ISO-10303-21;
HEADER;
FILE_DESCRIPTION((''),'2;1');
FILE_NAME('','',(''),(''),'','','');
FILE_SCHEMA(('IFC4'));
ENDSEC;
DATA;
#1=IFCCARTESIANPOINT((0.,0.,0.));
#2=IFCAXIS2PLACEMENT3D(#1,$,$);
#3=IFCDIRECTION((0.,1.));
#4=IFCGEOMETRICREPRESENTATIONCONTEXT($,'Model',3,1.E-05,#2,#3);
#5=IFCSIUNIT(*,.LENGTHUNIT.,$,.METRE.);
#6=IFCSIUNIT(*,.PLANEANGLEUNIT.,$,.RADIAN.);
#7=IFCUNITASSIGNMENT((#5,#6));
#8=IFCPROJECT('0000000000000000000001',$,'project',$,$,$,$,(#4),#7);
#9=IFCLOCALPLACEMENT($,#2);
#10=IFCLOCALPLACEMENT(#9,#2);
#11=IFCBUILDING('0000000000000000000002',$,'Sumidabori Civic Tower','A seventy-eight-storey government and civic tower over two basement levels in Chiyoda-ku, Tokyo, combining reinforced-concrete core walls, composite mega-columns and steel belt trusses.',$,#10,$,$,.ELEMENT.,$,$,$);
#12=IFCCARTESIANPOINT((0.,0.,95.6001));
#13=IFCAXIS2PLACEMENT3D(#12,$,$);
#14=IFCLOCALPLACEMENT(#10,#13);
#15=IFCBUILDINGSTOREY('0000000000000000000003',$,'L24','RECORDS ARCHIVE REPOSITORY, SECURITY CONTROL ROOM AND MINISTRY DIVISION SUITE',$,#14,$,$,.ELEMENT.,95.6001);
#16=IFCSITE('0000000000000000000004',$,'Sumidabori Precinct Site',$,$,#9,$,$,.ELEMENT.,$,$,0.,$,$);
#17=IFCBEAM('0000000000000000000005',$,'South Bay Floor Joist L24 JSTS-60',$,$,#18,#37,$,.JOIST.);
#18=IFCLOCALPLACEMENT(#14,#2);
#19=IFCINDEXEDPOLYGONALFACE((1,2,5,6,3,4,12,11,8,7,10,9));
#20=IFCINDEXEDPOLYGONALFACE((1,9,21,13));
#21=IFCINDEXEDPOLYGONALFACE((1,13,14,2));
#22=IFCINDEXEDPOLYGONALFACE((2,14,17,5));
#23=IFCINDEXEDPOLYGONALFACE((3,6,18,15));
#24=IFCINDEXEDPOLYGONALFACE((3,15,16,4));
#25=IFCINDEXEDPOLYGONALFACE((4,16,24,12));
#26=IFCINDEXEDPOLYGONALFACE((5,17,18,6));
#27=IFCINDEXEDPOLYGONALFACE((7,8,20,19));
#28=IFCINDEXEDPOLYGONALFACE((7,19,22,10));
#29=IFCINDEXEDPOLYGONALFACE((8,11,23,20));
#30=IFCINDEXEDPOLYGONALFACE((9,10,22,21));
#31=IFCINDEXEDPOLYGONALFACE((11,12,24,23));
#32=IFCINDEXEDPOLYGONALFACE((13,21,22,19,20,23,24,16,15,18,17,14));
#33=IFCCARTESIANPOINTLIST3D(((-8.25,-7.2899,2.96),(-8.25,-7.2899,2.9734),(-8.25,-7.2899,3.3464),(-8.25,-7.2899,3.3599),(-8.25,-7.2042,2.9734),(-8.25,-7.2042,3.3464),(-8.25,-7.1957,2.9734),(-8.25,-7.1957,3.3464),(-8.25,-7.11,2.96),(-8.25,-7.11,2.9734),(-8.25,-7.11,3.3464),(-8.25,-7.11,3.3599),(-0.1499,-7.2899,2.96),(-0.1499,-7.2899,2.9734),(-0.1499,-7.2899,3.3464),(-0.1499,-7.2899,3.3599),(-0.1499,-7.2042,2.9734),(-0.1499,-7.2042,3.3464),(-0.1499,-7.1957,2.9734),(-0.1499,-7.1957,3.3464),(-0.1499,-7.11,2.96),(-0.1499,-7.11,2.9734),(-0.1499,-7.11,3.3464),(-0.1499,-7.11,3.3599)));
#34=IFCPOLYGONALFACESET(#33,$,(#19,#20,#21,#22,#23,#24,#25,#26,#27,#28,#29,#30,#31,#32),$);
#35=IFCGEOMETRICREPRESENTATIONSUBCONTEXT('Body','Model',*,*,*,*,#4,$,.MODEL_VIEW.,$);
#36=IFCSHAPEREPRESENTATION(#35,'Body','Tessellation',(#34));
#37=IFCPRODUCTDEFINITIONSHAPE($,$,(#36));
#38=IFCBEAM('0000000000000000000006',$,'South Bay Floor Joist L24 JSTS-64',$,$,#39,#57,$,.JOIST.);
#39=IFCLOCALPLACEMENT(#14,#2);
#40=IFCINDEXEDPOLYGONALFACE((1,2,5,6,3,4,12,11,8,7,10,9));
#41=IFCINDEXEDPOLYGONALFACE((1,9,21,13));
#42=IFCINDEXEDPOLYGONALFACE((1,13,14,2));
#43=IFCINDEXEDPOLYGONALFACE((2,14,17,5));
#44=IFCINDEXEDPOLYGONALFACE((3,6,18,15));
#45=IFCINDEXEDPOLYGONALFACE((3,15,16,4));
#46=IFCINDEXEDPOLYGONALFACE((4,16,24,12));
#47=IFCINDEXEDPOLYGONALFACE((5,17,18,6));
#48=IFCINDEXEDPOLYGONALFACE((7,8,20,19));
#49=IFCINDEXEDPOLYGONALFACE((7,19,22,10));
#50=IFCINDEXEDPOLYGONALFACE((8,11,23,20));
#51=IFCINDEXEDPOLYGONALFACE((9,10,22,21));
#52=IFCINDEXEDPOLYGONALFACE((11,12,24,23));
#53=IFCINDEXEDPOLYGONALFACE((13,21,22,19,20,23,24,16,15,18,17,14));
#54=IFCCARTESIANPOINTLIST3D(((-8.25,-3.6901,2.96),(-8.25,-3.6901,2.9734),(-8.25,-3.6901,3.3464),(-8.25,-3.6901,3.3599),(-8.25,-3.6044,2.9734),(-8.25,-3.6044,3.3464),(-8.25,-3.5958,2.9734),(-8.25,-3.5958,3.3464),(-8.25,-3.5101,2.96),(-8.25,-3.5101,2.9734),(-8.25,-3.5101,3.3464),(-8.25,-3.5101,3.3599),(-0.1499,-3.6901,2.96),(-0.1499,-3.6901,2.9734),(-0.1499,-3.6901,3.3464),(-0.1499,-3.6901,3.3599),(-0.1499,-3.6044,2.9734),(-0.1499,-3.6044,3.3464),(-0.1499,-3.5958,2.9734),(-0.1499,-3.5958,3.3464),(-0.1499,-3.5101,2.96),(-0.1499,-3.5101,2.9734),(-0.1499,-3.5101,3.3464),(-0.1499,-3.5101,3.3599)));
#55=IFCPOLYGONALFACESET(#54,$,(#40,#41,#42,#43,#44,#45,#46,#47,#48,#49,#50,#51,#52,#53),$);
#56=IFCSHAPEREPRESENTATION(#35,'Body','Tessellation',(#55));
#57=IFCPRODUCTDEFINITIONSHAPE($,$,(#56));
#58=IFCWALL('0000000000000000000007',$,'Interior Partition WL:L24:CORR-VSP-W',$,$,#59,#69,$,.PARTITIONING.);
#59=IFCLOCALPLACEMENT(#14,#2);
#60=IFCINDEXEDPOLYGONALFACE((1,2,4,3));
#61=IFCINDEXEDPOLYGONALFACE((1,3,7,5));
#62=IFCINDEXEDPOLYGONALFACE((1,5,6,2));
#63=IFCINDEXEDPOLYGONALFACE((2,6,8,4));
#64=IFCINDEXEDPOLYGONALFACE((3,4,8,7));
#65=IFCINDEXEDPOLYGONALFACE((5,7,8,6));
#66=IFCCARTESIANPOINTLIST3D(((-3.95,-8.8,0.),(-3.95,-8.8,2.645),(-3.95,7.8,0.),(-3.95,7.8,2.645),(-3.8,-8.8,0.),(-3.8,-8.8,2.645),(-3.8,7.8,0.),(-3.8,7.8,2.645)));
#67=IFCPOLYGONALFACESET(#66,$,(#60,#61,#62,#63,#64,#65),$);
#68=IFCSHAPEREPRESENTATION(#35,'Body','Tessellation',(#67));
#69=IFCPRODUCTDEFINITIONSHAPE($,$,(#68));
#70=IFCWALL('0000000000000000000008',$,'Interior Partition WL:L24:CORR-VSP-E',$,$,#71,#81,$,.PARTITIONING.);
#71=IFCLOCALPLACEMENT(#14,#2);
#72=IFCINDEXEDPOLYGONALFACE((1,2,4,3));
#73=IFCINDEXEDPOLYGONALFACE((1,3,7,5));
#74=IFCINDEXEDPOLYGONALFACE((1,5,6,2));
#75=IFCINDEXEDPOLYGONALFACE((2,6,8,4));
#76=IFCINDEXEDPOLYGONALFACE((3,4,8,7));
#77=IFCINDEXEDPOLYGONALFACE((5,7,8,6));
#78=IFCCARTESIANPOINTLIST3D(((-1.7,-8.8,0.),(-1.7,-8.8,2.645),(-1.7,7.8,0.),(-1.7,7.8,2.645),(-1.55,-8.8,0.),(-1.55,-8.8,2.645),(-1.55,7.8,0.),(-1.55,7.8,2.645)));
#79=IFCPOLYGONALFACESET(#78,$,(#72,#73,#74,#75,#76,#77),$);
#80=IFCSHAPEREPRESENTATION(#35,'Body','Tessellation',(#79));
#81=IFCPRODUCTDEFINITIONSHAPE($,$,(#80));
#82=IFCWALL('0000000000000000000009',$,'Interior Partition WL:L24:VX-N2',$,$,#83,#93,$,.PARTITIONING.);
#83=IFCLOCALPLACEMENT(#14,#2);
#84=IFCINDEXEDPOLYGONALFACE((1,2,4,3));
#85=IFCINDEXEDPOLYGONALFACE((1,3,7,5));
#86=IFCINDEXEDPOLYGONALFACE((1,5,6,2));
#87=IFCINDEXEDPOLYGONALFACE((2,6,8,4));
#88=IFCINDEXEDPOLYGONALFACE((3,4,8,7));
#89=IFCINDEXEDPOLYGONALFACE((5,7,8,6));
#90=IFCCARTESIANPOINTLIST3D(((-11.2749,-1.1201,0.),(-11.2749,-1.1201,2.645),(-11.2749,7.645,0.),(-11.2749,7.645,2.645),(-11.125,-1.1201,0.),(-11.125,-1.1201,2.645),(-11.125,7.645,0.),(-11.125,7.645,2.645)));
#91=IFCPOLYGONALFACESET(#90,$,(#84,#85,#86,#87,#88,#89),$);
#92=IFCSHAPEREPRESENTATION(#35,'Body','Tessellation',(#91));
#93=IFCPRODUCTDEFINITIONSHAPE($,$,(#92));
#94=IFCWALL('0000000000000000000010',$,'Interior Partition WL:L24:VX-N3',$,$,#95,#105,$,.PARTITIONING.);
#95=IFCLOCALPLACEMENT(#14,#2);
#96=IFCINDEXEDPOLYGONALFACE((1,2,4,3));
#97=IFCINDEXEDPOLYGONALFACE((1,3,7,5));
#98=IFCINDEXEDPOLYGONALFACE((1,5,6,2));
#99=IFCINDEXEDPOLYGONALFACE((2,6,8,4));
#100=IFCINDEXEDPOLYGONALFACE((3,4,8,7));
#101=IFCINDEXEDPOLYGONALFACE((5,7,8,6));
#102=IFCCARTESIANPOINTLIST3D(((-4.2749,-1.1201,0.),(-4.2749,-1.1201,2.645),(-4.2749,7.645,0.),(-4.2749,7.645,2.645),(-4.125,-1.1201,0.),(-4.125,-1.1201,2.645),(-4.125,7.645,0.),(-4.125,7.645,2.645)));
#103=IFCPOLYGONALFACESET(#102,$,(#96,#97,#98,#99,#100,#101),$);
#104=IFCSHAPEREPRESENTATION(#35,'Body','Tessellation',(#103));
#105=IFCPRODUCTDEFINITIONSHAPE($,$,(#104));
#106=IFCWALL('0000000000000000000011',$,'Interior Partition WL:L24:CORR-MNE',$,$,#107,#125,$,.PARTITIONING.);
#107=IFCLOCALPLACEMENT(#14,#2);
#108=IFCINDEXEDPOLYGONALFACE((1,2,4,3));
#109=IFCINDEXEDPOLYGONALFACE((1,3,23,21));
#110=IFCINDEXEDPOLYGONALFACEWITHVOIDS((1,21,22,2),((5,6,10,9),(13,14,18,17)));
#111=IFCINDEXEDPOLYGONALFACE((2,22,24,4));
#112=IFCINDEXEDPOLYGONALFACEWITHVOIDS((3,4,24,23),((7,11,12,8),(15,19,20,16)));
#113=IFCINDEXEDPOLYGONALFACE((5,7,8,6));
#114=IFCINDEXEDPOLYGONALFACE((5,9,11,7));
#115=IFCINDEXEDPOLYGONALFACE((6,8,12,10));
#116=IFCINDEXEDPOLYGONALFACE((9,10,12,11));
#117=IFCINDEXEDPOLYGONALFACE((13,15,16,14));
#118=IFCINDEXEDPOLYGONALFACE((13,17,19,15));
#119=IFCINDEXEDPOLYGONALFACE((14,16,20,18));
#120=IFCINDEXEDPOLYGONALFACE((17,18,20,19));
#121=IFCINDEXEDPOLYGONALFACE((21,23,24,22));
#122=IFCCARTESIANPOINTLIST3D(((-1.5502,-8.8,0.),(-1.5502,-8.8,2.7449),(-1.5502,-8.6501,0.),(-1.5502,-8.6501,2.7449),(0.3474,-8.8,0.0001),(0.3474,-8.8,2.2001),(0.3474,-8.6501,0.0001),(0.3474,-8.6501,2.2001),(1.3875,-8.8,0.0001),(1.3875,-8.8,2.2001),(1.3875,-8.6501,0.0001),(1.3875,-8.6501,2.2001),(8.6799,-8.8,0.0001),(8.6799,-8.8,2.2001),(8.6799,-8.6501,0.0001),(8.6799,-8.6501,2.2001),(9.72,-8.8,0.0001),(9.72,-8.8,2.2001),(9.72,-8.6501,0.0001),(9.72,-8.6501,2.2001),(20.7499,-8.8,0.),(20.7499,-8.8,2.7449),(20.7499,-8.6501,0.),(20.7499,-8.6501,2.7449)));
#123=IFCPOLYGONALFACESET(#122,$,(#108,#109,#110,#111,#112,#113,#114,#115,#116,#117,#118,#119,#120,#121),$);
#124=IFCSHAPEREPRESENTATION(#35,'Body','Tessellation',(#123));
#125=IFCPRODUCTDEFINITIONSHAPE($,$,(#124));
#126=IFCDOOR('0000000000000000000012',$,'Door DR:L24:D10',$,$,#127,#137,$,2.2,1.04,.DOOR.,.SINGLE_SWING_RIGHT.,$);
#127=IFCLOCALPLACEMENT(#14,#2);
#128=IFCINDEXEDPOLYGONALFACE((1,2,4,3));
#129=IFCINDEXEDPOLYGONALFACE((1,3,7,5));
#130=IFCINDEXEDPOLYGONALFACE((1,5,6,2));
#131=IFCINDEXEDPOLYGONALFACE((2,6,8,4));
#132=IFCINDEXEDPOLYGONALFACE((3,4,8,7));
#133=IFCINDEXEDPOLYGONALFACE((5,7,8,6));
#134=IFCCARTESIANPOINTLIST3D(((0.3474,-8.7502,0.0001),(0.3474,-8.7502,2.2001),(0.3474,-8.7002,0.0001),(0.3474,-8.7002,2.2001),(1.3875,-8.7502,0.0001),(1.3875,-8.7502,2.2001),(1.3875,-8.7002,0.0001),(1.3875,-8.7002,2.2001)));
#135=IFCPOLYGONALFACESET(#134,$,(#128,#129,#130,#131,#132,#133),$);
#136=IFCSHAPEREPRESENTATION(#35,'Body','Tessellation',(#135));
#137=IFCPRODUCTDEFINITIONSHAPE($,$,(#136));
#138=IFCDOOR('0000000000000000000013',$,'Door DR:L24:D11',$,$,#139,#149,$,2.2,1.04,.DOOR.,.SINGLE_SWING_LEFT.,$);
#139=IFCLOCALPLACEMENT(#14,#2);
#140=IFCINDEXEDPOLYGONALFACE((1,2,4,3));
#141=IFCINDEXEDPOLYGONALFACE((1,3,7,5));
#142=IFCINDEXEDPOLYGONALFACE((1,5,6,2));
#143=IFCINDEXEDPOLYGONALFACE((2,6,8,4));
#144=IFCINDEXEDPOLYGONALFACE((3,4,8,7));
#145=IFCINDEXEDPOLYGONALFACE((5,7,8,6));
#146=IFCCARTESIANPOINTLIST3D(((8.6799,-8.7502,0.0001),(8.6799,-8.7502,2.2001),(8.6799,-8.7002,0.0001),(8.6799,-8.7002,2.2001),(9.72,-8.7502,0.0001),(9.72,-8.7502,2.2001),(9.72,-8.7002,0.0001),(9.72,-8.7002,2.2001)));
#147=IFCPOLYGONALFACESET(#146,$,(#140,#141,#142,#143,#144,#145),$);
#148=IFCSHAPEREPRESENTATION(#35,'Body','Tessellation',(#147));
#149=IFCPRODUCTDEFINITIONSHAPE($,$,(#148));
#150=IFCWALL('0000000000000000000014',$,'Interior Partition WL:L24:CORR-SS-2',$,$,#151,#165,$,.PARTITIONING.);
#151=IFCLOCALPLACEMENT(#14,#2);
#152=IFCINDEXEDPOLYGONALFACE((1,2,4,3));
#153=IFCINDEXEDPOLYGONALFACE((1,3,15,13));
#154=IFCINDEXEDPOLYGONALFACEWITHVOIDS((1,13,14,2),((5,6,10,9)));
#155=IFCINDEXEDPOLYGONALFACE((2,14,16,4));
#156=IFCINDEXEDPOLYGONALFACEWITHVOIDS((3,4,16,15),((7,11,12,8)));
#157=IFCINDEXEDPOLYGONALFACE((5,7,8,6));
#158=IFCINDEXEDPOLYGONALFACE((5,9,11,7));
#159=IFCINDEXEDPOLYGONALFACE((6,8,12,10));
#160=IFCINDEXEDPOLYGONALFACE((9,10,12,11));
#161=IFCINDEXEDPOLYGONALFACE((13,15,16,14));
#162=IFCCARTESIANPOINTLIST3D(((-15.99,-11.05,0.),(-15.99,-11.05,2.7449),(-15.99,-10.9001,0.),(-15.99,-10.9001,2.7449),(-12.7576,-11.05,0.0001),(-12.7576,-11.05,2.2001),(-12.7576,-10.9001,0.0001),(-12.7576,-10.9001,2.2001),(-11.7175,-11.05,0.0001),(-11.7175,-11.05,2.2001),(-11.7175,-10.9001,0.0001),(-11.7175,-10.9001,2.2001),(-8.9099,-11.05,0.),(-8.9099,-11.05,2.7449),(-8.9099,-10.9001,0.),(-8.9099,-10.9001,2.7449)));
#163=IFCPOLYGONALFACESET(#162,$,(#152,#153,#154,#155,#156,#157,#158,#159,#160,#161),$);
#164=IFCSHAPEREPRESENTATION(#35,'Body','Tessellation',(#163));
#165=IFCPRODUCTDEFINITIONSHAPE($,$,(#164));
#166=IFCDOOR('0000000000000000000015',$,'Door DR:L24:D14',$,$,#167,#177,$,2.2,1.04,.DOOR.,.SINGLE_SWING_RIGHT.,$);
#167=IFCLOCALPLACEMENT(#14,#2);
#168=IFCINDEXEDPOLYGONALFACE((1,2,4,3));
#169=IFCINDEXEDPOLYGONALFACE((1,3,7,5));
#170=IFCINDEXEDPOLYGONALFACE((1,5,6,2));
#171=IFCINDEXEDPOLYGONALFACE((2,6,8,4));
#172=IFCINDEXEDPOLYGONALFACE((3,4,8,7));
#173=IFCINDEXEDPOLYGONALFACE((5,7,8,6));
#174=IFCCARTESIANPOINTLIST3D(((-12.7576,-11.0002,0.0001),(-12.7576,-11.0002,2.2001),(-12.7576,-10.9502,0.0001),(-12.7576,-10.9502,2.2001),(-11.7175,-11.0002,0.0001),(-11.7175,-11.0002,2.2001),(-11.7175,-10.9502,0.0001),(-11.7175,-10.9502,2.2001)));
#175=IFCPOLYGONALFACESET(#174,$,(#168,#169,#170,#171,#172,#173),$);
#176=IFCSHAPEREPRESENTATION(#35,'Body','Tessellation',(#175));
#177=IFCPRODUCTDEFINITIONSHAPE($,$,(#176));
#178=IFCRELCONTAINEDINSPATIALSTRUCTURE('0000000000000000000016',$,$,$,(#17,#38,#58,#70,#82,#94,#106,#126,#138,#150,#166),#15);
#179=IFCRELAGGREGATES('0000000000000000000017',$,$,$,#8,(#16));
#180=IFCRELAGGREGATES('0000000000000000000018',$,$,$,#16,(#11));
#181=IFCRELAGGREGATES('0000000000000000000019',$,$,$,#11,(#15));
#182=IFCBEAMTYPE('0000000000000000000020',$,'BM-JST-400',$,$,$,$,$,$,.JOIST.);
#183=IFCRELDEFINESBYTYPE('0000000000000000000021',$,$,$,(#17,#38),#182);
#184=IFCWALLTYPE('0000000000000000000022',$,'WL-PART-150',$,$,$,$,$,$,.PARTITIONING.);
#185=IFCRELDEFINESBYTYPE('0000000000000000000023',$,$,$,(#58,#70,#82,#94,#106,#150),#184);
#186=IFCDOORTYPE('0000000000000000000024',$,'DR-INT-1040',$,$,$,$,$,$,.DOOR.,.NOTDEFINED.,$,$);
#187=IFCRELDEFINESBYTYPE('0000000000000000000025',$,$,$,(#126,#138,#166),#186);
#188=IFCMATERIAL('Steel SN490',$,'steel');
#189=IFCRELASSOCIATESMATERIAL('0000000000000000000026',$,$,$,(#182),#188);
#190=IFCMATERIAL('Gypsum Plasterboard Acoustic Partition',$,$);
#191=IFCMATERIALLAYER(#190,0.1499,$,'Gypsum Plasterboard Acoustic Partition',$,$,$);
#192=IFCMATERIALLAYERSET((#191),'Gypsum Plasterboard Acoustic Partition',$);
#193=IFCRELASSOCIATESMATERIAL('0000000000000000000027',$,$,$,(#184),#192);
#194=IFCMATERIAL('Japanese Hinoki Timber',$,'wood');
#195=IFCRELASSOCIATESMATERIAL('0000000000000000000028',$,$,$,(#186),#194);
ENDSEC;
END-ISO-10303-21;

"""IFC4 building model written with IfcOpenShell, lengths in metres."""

from ifc_helpers import new_model, si_unit, direction, frame, frame_2d, origin, origin_2d, place, context, subcontext, project, spatial, rectangle, i_section, extrude, source, transform, mapped, material, layer, layer_set, material_profile, profile_set, type_object, element, fill, save


model = new_model("IFC4")

# Units and contexts
model_context = context("Model", 3, precision=1e-05, world=origin(), true_north=direction((0.0, 1.0)))
body_context = subcontext(model_context, "Body", "Model", "MODEL_VIEW")
ifc_project = project(units=[si_unit("LENGTHUNIT", "METRE"), si_unit("PLANEANGLEUNIT", "RADIAN")], contexts=[model_context])

# Site, building, storey
site_placement = place(None, origin())
site = spatial("IfcSite", under=ifc_project, at=site_placement, Name="Sumidabori Precinct Site", CompositionType="ELEMENT", RefElevation=0.0)
building_placement = place(site_placement, origin())
building = spatial("IfcBuilding", under=site, at=building_placement, Name="Sumidabori Civic Tower", Description="A seventy-eight-storey government and civic tower over two basement levels in Chiyoda-ku, Tokyo, combining reinforced-concrete core walls, composite mega-columns and steel belt trusses.", CompositionType="ELEMENT")
storey_placement = place(building_placement, frame((0.0, 0.0, 95.6001)))
storey = spatial("IfcBuildingStorey", under=building, at=storey_placement, Name="L24", Description="RECORDS ARCHIVE REPOSITORY, SECURITY CONTROL ROOM AND MINISTRY DIVISION SUITE", CompositionType="ELEMENT", Elevation=95.6001)

# Beams
ifc_material_1 = material(Name="Steel SN490", Category="steel")
ifc_material_profile_1 = material_profile(ifc_material_1, i_section(OverallWidth=0.1799, OverallDepth=0.3999, WebThickness=0.0085, FlangeThickness=0.0134, at=origin_2d()), Name="IPE 400")
ifc_profile_set_1 = profile_set([ifc_material_profile_1], Name="Steel SN490")
beam_type_1 = type_object("IfcBeamType", Name="BM-JST-400", PredefinedType="JOIST", material=ifc_profile_set_1)
shared_shape_1 = source(origin(), body_context, "Body", "SweptSolid", [
    extrude(i_section(OverallWidth=0.1799, OverallDepth=0.3999, WebThickness=0.0085, FlangeThickness=0.0134, at=origin_2d()), origin(), (0.0, 0.0, 1.0), 8.1001),
])
for number, where, z_axis, x_axis, name in (
    (1, (-8.25, -7.2, 3.1599), (1.0, 0.0, 0.0), (0.0, 1.0, 0.0), "South Bay Floor Joist L24 JSTS-60"),
    (2, (-8.25, -3.6001, 3.1599), (1.0, 0.0, 0.0), (0.0, 1.0, 0.0), "South Bay Floor Joist L24 JSTS-64"),
):
    element("IfcBeam", number, at=place(storey_placement, frame(where, z_axis=z_axis, x_axis=x_axis)), inside=storey, type_object=beam_type_1, Name=name, PredefinedType="JOIST", context=body_context, shape_type="MappedRepresentation", body=[
        mapped(shared_shape_1, transform((0.0, 0.0, 0.0), x_axis=(1.0, 0.0, 0.0), y_axis=(0.0, 1.0, 0.0), z_axis=(0.0, 0.0, 1.0), scale=1.0)),
    ])

# Walls
ifc_material_2 = material(Name="Gypsum Plasterboard Acoustic Partition")
ifc_layer = layer(ifc_material_2, 0.1499, Name="Gypsum Plasterboard Acoustic Partition")
ifc_layer_set = layer_set([ifc_layer], Name="Gypsum Plasterboard Acoustic Partition")
wall_type = type_object("IfcWallType", Name="WL-PART-150", PredefinedType="PARTITIONING", material=ifc_layer_set)
shared_shape_2 = source(origin(), body_context, "Body", "SweptSolid", [
    extrude(rectangle(XDim=16.6001, YDim=0.1499, at=frame_2d((8.3, 0.0))), origin(), (0.0, 0.0, 1.0), 2.645),
])
for number, where, z_axis, x_axis, name in (
    (3, (-3.875, -8.8, 0.0), (0.0, 0.0, 1.0), (0.0, 1.0, 0.0), "Interior Partition WL:L24:CORR-VSP-W"),
    (4, (-1.625, -8.8, 0.0), (0.0, 0.0, 1.0), (0.0, 1.0, 0.0), "Interior Partition WL:L24:CORR-VSP-E"),
):
    element("IfcWall", number, at=place(storey_placement, frame(where, z_axis=z_axis, x_axis=x_axis)), inside=storey, type_object=wall_type, Name=name, PredefinedType="PARTITIONING", context=body_context, shape_type="MappedRepresentation", body=[
        mapped(shared_shape_2, transform((0.0, 0.0, 0.0), x_axis=(1.0, 0.0, 0.0), y_axis=(0.0, 1.0, 0.0), z_axis=(0.0, 0.0, 1.0), scale=1.0)),
    ])
shared_shape_3 = source(origin(), body_context, "Body", "SweptSolid", [
    extrude(rectangle(XDim=8.7651, YDim=0.1499, at=frame_2d((4.3826, 0.0))), origin(), (0.0, 0.0, 1.0), 2.645),
])
for number, where, z_axis, x_axis, name in (
    (5, (-11.2, -1.1201, 0.0), (0.0, 0.0, 1.0), (0.0, 1.0, 0.0), "Interior Partition WL:L24:VX-N2"),
    (6, (-4.2, -1.1201, 0.0), (0.0, 0.0, 1.0), (0.0, 1.0, 0.0), "Interior Partition WL:L24:VX-N3"),
):
    element("IfcWall", number, at=place(storey_placement, frame(where, z_axis=z_axis, x_axis=x_axis)), inside=storey, type_object=wall_type, Name=name, PredefinedType="PARTITIONING", context=body_context, shape_type="MappedRepresentation", body=[
        mapped(shared_shape_3, transform((0.0, 0.0, 0.0), x_axis=(1.0, 0.0, 0.0), y_axis=(0.0, 1.0, 0.0), z_axis=(0.0, 0.0, 1.0), scale=1.0)),
    ])

# Wall, openings, doors
shared_shape_4 = source(origin(), body_context, "Body", "SweptSolid", [
    extrude(rectangle(XDim=22.3, YDim=0.1499, at=frame_2d((11.1499, 0.0))), origin(), (0.0, 0.0, 1.0), 2.7449),
])
wall_1_placement = place(storey_placement, frame((-1.55, -8.7251, 0.0), z_axis=(0.0, 0.0, 1.0), x_axis=(1.0, 0.0, 0.0)))
wall_1 = element("IfcWall", 7, at=wall_1_placement, inside=storey, type_object=wall_type, Name="Interior Partition WL:L24:CORR-MNE", PredefinedType="PARTITIONING", context=body_context, shape_type="MappedRepresentation", body=[
    mapped(shared_shape_4, transform((0.0, 0.0, 0.0), x_axis=(1.0, 0.0, 0.0), y_axis=(0.0, 1.0, 0.0), z_axis=(0.0, 0.0, 1.0), scale=1.0)),
])
opening_1_placement = place(wall_1_placement, frame((1.8975, 0.0, 0.0)))
opening_1 = element("IfcOpeningElement", 8, at=opening_1_placement, cuts=wall_1, PredefinedType="OPENING", context=body_context, shape_type="SweptSolid", body=[
    extrude(rectangle(XDim=1.04, YDim=2.2, at=frame_2d((0.52, 1.1001))), frame((0.0, 0.0869, 0.0), z_axis=(0.0, -1.0, 0.0), x_axis=(1.0, 0.0, 0.0)), (0.0, 0.0, 1.0), 0.1738),
])
opening_2_placement = place(wall_1_placement, frame((10.23, 0.0, 0.0)))
opening_2 = element("IfcOpeningElement", 9, at=opening_2_placement, cuts=wall_1, PredefinedType="OPENING", context=body_context, shape_type="SweptSolid", body=[
    extrude(rectangle(XDim=1.04, YDim=2.2, at=frame_2d((0.52, 1.1001))), frame((0.0, 0.0869, 0.0), z_axis=(0.0, -1.0, 0.0), x_axis=(1.0, 0.0, 0.0)), (0.0, 0.0, 1.0), 0.1738),
])
ifc_material_3 = material(Name="Japanese Hinoki Timber", Category="wood")
door_type = type_object("IfcDoorType", Name="DR-INT-1040", OperationType="NOTDEFINED", PredefinedType="DOOR", material=ifc_material_3)
shared_shape_5 = source(origin(), body_context, "Body", "SweptSolid", [
    extrude(rectangle(XDim=1.04, YDim=2.2, at=frame_2d((0.52, 1.1001))), frame((0.0, 0.0249, 0.0), z_axis=(0.0, -1.0, 0.0), x_axis=(1.0, 0.0, 0.0)), (0.0, 0.0, 1.0), 0.05),
])
door_1_placement = place(opening_1_placement, origin())
door_1 = element("IfcDoor", 10, at=door_1_placement, inside=storey, type_object=door_type, Name="Door DR:L24:D10", OperationType="SINGLE_SWING_RIGHT", OverallHeight=2.2, OverallWidth=1.04, PredefinedType="DOOR", context=body_context, shape_type="MappedRepresentation", body=[
    mapped(shared_shape_5, transform((0.0, 0.0, 0.0), x_axis=(1.0, 0.0, 0.0), y_axis=(0.0, 1.0, 0.0), z_axis=(0.0, 0.0, 1.0), scale=1.0)),
])
fill(opening_1, door_1)
door_2_placement = place(opening_2_placement, origin())
door_2 = element("IfcDoor", 11, at=door_2_placement, inside=storey, type_object=door_type, Name="Door DR:L24:D11", OperationType="SINGLE_SWING_LEFT", OverallHeight=2.2, OverallWidth=1.04, PredefinedType="DOOR", context=body_context, shape_type="MappedRepresentation", body=[
    mapped(shared_shape_5, transform((0.0, 0.0, 0.0), x_axis=(1.0, 0.0, 0.0), y_axis=(0.0, 1.0, 0.0), z_axis=(0.0, 0.0, 1.0), scale=1.0)),
])
fill(opening_2, door_2)

# Wall, opening, door
shared_shape_6 = source(origin(), body_context, "Body", "SweptSolid", [
    extrude(rectangle(XDim=7.0801, YDim=0.1499, at=frame_2d((3.54, 0.0))), origin(), (0.0, 0.0, 1.0), 2.7449),
])
wall_2_placement = place(storey_placement, frame((-15.99, -10.9751, 0.0), z_axis=(0.0, 0.0, 1.0), x_axis=(1.0, 0.0, 0.0)))
wall_2 = element("IfcWall", 12, at=wall_2_placement, inside=storey, type_object=wall_type, Name="Interior Partition WL:L24:CORR-SS-2", PredefinedType="PARTITIONING", context=body_context, shape_type="MappedRepresentation", body=[
    mapped(shared_shape_6, transform((0.0, 0.0, 0.0), x_axis=(1.0, 0.0, 0.0), y_axis=(0.0, 1.0, 0.0), z_axis=(0.0, 0.0, 1.0), scale=1.0)),
])
opening_3_placement = place(wall_2_placement, frame((3.2324, 0.0, 0.0)))
opening_3 = element("IfcOpeningElement", 13, at=opening_3_placement, cuts=wall_2, PredefinedType="OPENING", context=body_context, shape_type="SweptSolid", body=[
    extrude(rectangle(XDim=1.04, YDim=2.2, at=frame_2d((0.52, 1.1001))), frame((0.0, 0.0869, 0.0), z_axis=(0.0, -1.0, 0.0), x_axis=(1.0, 0.0, 0.0)), (0.0, 0.0, 1.0), 0.1738),
])
door_3_placement = place(opening_3_placement, origin())
door_3 = element("IfcDoor", 14, at=door_3_placement, inside=storey, type_object=door_type, Name="Door DR:L24:D14", OperationType="SINGLE_SWING_RIGHT", OverallHeight=2.2, OverallWidth=1.04, PredefinedType="DOOR", context=body_context, shape_type="MappedRepresentation", body=[
    mapped(shared_shape_5, transform((0.0, 0.0, 0.0), x_axis=(1.0, 0.0, 0.0), y_axis=(0.0, 1.0, 0.0), z_axis=(0.0, 0.0, 1.0), scale=1.0)),
])
fill(opening_3, door_3)

save(model, "model.ifc")
